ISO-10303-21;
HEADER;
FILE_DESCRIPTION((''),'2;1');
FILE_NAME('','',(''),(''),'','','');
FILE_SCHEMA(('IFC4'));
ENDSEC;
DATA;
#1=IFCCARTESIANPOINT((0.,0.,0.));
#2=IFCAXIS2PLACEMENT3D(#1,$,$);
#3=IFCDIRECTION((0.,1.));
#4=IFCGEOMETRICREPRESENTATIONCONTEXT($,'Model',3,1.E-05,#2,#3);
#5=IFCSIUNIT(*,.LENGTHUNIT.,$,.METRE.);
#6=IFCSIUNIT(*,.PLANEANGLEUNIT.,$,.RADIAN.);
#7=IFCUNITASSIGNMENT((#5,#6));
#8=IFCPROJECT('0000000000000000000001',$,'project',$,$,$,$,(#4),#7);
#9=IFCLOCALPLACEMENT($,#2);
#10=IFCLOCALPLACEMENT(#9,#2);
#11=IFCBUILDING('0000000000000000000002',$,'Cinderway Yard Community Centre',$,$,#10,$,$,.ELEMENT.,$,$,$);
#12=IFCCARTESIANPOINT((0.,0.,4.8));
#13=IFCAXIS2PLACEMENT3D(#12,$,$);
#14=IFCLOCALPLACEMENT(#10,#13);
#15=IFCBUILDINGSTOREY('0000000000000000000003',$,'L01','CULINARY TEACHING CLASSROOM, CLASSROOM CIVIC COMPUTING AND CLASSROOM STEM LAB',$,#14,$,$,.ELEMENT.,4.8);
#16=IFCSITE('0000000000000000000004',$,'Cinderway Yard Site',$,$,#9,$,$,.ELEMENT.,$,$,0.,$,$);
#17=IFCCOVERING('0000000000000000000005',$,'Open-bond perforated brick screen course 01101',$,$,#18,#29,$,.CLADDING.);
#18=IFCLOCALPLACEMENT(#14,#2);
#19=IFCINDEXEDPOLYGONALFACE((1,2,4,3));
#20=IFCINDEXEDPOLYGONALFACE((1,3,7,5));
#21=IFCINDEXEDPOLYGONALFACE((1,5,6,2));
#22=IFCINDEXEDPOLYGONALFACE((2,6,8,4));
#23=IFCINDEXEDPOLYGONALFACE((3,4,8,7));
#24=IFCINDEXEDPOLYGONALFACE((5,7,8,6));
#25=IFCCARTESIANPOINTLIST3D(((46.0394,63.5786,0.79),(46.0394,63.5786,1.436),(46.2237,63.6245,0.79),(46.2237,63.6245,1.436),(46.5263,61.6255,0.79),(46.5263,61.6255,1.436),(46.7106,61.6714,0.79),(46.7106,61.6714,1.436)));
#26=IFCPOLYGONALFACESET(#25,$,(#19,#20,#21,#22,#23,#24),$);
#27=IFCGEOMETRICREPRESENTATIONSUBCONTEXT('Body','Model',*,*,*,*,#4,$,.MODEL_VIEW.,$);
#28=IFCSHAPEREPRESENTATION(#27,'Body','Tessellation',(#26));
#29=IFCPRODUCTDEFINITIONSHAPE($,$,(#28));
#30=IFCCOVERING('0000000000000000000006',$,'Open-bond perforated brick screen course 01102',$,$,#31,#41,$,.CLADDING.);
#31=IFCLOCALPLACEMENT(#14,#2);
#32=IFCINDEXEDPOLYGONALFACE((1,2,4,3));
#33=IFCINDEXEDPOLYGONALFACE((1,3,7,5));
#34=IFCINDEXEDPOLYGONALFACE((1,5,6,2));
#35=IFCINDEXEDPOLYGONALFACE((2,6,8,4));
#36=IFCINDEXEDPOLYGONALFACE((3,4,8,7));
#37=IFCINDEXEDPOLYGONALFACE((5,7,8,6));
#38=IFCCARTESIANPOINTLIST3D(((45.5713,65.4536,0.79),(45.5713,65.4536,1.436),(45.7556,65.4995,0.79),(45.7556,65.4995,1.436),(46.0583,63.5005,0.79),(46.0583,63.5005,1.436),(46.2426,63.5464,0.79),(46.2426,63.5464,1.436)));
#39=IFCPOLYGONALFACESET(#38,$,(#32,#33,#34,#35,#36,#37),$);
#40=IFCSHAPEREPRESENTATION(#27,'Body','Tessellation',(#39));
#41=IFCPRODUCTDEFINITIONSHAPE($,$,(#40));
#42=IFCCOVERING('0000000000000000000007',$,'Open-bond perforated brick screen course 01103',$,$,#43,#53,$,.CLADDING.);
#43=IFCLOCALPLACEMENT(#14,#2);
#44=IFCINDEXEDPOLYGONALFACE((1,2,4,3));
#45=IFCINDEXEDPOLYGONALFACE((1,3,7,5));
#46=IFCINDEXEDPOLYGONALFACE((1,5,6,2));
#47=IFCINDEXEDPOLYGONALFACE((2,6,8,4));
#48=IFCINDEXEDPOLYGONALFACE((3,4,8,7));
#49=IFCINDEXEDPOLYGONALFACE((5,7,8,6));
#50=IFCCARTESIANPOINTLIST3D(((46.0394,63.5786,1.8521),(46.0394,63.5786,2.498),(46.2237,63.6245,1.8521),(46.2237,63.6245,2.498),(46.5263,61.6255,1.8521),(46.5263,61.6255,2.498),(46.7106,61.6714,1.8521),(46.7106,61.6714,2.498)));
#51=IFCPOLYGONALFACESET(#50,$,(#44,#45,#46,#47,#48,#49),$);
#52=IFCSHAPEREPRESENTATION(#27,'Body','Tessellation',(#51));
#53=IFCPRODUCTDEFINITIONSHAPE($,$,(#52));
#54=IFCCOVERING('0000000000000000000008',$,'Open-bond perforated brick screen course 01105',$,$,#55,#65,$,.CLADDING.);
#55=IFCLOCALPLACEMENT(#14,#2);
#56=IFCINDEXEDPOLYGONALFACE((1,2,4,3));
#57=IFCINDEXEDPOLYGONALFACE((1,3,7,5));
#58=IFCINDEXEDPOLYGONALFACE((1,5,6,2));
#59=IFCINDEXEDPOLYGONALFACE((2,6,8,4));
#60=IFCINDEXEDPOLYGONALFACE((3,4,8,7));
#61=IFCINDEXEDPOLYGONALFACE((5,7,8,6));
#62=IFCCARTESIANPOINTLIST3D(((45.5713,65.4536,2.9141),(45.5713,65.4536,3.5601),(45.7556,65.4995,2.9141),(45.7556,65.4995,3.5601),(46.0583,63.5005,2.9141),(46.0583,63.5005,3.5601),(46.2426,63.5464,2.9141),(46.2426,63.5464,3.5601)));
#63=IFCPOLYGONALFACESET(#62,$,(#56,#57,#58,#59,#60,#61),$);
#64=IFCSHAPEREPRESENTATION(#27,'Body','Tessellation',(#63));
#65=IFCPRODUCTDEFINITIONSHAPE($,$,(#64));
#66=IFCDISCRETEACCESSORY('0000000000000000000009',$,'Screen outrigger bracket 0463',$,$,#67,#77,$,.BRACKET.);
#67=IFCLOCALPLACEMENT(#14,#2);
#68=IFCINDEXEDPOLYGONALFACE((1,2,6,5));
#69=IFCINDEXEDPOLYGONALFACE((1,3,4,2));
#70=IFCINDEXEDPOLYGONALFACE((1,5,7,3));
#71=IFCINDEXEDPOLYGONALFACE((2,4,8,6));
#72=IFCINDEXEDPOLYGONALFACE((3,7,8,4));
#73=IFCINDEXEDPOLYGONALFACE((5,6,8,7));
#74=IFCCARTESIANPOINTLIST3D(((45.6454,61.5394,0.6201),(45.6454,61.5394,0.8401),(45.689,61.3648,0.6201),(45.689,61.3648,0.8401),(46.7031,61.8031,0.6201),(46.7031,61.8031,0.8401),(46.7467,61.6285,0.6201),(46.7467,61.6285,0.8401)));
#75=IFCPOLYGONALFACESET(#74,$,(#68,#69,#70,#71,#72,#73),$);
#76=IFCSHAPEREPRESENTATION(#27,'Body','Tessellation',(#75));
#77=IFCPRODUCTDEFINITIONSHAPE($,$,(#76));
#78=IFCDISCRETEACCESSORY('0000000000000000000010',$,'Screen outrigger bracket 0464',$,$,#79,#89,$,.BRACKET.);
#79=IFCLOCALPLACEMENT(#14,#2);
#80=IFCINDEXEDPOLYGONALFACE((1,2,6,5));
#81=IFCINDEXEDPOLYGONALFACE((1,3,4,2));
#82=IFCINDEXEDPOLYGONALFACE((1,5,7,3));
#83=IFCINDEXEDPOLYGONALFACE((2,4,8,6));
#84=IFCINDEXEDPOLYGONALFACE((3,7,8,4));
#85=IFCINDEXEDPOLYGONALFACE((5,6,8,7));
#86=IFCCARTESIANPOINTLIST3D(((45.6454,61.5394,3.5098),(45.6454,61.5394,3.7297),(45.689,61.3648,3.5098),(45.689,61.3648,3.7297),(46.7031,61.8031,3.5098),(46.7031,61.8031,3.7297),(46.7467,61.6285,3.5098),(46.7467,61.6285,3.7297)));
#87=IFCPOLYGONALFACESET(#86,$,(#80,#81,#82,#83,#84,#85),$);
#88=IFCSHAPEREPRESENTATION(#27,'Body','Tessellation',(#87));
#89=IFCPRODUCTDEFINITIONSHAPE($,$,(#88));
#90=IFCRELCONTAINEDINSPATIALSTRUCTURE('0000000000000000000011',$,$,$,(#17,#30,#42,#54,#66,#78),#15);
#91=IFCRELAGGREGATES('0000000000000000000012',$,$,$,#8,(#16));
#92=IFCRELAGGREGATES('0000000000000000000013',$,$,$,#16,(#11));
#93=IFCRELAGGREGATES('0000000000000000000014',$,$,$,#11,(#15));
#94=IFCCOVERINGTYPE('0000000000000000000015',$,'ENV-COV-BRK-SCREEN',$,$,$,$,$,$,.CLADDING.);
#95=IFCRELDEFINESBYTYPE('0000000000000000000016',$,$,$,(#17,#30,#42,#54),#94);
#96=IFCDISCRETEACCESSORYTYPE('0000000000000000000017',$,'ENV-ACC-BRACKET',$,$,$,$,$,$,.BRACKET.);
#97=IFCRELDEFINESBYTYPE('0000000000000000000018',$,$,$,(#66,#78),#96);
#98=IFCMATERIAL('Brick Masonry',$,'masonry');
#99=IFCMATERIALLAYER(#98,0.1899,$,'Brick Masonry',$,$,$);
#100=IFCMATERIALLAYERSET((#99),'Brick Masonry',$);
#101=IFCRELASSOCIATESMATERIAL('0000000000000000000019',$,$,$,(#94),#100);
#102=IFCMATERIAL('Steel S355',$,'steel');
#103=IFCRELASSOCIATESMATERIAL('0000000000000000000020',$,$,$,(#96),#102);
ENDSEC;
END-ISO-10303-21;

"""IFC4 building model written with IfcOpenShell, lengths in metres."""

from ifc_helpers import new_model, si_unit, direction, frame, origin, origin_2d, place, context, subcontext, project, spatial, rectangle, extrude, material, layer, layer_set, type_object, element, save


model = new_model("IFC4")

# Units and contexts
model_context = context("Model", 3, precision=1e-05, world=origin(), true_north=direction((0.0, 1.0)))
body_context = subcontext(model_context, "Body", "Model", "MODEL_VIEW")
ifc_project = project(units=[si_unit("LENGTHUNIT", "METRE"), si_unit("PLANEANGLEUNIT", "RADIAN")], contexts=[model_context])

# Site, building, storey
site_placement = place(None, origin())
site = spatial("IfcSite", under=ifc_project, at=site_placement, Name="Cinderway Yard Site", CompositionType="ELEMENT", RefElevation=0.0)
building_placement = place(site_placement, origin())
building = spatial("IfcBuilding", under=site, at=building_placement, Name="Cinderway Yard Community Centre", CompositionType="ELEMENT")
storey_placement = place(building_placement, frame((0.0, 0.0, 4.8)))
storey = spatial("IfcBuildingStorey", under=building, at=storey_placement, Name="L01", Description="CULINARY TEACHING CLASSROOM, CLASSROOM CIVIC COMPUTING AND CLASSROOM STEM LAB", CompositionType="ELEMENT", Elevation=4.8)

# Shared definitions
ifc_material_1 = material(Name="Steel S355", Category="steel")

# Coverings
ifc_material_2 = material(Name="Brick Masonry", Category="masonry")
ifc_layer_1 = layer(ifc_material_2, 0.1899, Name="Brick Masonry")
ifc_layer_set_1 = layer_set([ifc_layer_1], Name="Brick Masonry")
covering_type = type_object("IfcCoveringType", Name="ENV-COV-BRK-SCREEN", PredefinedType="CLADDING", material=ifc_layer_set_1)
for number, where, z_axis, x_axis, name in (
    (1, (46.375, 62.625, 0.79), (0.0, 0.0, 1.0), (0.241922, -0.970296, 0.0), "Open-bond perforated brick screen course 01101"),
    (2, (45.907, 64.5, 0.79), (0.0, 0.0, 1.0), (0.241922, -0.970296, 0.0), "Open-bond perforated brick screen course 01102"),
    (3, (46.375, 62.625, 1.8521), (0.0, 0.0, 1.0), (0.241922, -0.970296, 0.0), "Open-bond perforated brick screen course 01103"),
    (4, (45.907, 64.5, 2.9141), (0.0, 0.0, 1.0), (0.241922, -0.970296, 0.0), "Open-bond perforated brick screen course 01105"),
):
    element("IfcCovering", number, at=place(storey_placement, frame(where, z_axis=z_axis, x_axis=x_axis)), inside=storey, type_object=covering_type, Name=name, PredefinedType="CLADDING", context=body_context, shape_type="SweptSolid", body=[
        extrude(rectangle(XDim=2.0129, YDim=0.1899, at=origin_2d()), origin(), (0.0, 0.0, 1.0), 0.646),
    ])

# Discrete accessories
discrete_accessory_type = type_object("IfcDiscreteAccessoryType", Name="ENV-ACC-BRACKET", PredefinedType="BRACKET", material=ifc_material_1)
for number, where, z_axis, x_axis, name in (
    (5, (46.196, 61.584, 0.6201), (0.0, 0.0, 1.0), (0.970296, 0.241922, 0.0), "Screen outrigger bracket 0463"),
    (6, (46.196, 61.584, 3.5098), (0.0, 0.0, 1.0), (0.970296, 0.241922, 0.0), "Screen outrigger bracket 0464"),
):
    element("IfcDiscreteAccessory", number, at=place(storey_placement, frame(where, z_axis=z_axis, x_axis=x_axis)), inside=storey, type_object=discrete_accessory_type, Name=name, PredefinedType="BRACKET", context=body_context, shape_type="SweptSolid", body=[
        extrude(rectangle(XDim=1.0901, YDim=0.1799, at=origin_2d()), origin(), (0.0, 0.0, 1.0), 0.22),
    ])

save(model, "model.ifc")
